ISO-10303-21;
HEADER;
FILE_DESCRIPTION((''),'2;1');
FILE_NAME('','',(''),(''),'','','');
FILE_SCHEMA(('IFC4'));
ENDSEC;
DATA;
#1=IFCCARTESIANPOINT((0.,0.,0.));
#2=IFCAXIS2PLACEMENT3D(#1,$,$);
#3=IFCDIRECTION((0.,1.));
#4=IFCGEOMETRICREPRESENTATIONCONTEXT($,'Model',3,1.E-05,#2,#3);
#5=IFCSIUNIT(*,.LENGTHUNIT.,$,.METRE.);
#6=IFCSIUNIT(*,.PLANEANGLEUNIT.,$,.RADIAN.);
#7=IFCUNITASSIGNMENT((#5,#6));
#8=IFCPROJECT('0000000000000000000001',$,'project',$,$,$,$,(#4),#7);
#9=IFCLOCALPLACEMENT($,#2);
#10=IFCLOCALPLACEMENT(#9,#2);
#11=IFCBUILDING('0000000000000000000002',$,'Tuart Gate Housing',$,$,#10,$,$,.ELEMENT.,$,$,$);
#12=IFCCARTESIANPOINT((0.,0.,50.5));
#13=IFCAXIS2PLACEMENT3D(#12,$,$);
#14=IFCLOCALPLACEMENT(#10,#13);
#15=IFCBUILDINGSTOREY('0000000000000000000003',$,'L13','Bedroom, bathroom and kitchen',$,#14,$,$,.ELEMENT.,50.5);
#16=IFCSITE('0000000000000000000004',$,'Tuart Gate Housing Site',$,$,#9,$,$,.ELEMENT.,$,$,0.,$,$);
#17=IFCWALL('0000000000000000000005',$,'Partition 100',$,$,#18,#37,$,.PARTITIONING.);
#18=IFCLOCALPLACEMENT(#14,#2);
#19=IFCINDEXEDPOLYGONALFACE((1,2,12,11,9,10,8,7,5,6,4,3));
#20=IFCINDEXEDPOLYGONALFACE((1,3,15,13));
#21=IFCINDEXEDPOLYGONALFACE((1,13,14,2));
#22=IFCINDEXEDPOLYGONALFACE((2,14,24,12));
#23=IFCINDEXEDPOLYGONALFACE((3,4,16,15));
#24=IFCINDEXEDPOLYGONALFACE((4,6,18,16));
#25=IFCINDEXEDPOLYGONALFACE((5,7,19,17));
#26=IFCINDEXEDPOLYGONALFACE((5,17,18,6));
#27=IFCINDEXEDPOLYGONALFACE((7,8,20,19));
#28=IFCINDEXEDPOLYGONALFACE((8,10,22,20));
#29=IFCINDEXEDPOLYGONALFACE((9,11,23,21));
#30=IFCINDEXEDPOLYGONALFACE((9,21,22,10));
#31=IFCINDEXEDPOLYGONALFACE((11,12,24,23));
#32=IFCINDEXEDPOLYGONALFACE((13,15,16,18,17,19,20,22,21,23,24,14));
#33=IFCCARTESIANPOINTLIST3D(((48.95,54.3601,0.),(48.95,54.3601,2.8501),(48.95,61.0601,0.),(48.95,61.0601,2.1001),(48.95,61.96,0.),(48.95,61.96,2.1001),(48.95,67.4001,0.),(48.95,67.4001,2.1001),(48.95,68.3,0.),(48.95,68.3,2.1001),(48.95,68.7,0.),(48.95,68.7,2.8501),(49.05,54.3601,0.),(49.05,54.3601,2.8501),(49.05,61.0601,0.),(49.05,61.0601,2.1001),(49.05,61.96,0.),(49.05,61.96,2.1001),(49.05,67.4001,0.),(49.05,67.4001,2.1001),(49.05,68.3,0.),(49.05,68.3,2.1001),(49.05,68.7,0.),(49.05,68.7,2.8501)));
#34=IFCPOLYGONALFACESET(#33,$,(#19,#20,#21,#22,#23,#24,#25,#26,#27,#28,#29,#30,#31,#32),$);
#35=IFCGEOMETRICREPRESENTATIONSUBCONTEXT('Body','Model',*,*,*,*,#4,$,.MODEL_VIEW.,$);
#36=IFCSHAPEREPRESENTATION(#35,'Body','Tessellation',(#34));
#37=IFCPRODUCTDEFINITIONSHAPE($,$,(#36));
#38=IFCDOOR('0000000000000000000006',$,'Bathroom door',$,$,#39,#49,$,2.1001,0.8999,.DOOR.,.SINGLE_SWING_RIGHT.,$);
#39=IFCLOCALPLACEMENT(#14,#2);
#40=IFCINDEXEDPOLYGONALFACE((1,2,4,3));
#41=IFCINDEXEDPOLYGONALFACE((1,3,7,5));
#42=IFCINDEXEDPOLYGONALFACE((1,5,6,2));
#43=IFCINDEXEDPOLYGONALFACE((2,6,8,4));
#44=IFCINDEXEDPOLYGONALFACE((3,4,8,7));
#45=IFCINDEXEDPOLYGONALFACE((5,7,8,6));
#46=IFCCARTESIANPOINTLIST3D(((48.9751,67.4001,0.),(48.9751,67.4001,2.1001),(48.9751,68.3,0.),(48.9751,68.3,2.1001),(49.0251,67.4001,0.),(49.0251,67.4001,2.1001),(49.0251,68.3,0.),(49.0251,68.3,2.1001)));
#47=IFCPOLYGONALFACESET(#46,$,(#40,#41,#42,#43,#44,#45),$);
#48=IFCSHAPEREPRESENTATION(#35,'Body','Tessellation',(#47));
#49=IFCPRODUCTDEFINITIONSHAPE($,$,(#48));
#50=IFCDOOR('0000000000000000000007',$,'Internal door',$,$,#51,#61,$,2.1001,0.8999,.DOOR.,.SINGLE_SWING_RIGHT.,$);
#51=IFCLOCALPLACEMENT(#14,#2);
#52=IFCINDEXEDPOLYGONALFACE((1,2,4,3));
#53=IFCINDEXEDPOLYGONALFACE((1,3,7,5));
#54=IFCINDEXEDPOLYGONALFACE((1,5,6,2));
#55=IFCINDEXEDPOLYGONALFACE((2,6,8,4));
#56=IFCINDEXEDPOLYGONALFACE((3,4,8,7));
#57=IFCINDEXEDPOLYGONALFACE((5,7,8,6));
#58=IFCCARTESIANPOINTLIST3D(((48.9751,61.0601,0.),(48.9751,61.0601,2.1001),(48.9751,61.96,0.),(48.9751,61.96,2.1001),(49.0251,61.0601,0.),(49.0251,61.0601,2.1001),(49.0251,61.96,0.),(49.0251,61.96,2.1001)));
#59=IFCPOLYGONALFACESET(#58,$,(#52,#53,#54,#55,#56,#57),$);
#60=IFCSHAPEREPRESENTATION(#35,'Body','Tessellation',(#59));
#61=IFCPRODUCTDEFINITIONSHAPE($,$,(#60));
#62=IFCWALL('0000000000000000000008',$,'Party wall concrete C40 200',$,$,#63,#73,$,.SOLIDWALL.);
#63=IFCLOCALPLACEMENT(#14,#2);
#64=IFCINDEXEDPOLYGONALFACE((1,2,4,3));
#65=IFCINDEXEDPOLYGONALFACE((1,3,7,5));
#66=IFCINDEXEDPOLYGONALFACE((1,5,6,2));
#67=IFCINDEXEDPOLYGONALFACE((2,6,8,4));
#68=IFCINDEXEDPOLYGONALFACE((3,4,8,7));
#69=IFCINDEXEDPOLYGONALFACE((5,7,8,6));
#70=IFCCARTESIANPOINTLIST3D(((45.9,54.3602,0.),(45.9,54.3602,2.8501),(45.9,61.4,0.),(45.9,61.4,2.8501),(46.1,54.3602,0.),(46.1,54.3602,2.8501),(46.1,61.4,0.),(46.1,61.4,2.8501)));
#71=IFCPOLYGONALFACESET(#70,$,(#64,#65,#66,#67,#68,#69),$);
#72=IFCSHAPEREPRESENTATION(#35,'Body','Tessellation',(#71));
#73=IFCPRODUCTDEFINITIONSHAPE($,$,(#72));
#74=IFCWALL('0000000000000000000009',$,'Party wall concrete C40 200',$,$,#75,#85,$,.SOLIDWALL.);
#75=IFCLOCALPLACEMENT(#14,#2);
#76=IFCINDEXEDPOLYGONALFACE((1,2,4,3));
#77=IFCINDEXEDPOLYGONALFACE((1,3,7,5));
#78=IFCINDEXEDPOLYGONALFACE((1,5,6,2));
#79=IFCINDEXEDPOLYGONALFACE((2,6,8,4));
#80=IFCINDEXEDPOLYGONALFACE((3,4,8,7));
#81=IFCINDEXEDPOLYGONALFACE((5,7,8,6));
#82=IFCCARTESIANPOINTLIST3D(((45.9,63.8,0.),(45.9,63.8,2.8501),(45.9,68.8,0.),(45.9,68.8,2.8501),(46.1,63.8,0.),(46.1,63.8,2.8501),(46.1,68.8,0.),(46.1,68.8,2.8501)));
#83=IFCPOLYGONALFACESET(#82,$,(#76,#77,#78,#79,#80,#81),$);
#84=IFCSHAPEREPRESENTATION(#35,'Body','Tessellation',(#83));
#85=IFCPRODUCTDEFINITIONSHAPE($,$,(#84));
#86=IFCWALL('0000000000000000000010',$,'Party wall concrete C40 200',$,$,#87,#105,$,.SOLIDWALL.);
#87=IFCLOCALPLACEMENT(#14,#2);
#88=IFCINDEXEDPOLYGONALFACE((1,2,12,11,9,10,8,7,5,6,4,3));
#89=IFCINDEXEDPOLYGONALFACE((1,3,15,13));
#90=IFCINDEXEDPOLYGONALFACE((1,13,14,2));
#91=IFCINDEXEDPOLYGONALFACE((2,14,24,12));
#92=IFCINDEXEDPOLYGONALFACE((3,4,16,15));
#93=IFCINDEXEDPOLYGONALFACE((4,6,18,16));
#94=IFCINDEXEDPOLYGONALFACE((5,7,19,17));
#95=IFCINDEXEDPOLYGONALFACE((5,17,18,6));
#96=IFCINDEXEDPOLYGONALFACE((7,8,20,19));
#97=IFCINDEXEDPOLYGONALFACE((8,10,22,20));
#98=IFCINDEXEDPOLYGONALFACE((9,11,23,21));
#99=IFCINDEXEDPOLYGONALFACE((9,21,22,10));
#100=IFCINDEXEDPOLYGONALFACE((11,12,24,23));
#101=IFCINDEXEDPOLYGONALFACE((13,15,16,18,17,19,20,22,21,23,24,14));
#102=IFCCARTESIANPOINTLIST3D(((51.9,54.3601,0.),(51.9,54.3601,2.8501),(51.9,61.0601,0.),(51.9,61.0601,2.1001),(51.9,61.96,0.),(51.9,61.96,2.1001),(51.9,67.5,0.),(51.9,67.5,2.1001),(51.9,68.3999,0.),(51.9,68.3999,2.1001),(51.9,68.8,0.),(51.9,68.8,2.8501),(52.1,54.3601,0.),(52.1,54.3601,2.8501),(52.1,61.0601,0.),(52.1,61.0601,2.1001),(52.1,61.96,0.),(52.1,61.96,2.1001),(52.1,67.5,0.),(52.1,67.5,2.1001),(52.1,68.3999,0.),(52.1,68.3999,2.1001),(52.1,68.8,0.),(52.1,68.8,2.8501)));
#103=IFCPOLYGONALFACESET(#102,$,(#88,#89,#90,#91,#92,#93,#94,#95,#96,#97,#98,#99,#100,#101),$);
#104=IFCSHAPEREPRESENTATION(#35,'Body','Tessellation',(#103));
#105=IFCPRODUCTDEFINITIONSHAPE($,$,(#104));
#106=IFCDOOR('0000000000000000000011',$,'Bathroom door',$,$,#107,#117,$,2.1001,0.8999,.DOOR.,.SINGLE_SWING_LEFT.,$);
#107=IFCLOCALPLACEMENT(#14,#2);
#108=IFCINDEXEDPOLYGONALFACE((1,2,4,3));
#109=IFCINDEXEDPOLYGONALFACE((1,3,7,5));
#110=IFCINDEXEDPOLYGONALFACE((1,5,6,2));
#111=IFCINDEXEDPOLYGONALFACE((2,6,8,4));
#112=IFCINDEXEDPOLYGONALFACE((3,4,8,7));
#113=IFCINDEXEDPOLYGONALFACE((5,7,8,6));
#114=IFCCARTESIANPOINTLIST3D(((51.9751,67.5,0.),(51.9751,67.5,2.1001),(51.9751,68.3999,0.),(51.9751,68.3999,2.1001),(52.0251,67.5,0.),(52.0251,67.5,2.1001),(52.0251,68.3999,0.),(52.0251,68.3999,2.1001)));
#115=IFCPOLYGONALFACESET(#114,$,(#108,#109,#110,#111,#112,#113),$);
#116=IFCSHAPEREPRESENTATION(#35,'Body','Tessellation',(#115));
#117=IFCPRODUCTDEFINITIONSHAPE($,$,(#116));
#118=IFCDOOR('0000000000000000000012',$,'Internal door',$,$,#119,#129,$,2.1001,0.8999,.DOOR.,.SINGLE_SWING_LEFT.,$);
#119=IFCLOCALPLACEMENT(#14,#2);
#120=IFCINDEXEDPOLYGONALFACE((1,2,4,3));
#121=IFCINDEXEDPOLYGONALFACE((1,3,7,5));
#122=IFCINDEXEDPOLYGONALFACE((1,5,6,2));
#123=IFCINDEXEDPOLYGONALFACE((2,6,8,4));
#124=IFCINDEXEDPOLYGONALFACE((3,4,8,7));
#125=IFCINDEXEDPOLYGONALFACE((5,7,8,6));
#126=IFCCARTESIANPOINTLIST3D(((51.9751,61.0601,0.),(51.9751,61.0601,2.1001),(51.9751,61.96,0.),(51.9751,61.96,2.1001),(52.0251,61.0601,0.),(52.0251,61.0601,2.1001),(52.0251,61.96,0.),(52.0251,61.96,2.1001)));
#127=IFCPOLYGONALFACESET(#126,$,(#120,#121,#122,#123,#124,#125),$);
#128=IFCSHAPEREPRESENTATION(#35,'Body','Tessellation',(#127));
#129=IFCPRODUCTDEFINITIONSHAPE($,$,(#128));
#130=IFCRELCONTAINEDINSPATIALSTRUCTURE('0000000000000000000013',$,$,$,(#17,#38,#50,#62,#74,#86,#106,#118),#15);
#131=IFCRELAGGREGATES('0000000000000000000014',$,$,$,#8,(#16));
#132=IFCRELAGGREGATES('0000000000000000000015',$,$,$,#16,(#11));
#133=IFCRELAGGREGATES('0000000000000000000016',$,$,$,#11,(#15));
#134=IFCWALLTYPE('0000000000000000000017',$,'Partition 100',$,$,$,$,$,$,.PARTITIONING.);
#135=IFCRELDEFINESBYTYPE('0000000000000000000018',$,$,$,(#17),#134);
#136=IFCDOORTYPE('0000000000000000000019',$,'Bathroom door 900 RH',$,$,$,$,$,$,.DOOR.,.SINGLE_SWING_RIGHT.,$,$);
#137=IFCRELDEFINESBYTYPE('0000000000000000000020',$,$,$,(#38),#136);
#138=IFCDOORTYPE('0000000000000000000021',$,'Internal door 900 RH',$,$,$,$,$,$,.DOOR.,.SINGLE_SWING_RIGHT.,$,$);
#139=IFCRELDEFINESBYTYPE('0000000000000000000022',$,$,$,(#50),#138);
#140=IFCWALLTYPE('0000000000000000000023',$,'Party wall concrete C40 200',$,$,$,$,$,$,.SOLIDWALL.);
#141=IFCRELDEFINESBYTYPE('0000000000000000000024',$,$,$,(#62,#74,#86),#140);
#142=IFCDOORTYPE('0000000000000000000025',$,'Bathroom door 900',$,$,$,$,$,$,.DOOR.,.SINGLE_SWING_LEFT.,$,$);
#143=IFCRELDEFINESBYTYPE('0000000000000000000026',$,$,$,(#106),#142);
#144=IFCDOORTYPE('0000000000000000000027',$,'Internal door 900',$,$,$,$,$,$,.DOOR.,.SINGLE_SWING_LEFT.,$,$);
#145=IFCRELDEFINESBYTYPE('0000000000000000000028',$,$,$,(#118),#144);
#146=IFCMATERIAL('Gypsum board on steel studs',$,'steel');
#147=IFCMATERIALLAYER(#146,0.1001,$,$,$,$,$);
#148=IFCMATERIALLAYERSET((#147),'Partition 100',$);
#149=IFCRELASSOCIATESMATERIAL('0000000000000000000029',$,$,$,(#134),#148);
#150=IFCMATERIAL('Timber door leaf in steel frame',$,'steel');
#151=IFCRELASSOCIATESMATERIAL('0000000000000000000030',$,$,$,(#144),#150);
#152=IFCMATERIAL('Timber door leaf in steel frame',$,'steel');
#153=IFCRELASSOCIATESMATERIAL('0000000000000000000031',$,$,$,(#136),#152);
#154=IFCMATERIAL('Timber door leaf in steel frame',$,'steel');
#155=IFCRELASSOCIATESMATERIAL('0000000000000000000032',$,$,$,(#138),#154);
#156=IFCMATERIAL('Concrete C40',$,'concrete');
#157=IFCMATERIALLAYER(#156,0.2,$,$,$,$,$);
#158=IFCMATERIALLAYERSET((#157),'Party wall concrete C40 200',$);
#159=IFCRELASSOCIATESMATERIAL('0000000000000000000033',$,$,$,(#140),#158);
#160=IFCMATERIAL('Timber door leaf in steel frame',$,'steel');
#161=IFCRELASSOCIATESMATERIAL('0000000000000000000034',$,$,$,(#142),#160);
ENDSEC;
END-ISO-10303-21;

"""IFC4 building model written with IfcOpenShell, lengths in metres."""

from ifc_helpers import new_model, si_unit, direction, frame, frame_2d, origin, place, context, subcontext, project, spatial, rectangle, extrude, material, layer, layer_set, type_object, element, fill, save


model = new_model("IFC4")

# Units and contexts
model_context = context("Model", 3, precision=1e-05, world=origin(), true_north=direction((0.0, 1.0)))
body_context = subcontext(model_context, "Body", "Model", "MODEL_VIEW")
ifc_project = project(units=[si_unit("LENGTHUNIT", "METRE"), si_unit("PLANEANGLEUNIT", "RADIAN")], contexts=[model_context])

# Site, building, storey
site_placement = place(None, origin())
site = spatial("IfcSite", under=ifc_project, at=site_placement, Name="Tuart Gate Housing Site", CompositionType="ELEMENT", RefElevation=0.0)
building_placement = place(site_placement, origin())
building = spatial("IfcBuilding", under=site, at=building_placement, Name="Tuart Gate Housing", CompositionType="ELEMENT")
storey_placement = place(building_placement, frame((0.0, 0.0, 50.5)))
storey = spatial("IfcBuildingStorey", under=building, at=storey_placement, Name="L13", Description="Bedroom, bathroom and kitchen", CompositionType="ELEMENT", Elevation=50.5)

# Shared definitions
ifc_material_1 = material(Name="Gypsum board on steel studs", Category="steel")
ifc_layer_1 = layer(ifc_material_1, 0.1001)
ifc_layer_set_1 = layer_set([ifc_layer_1], Name="Partition 100")
wall_type_1 = type_object("IfcWallType", Name="Partition 100", PredefinedType="PARTITIONING", material=ifc_layer_set_1)
ifc_material_2 = material(Name="Timber door leaf in steel frame", Category="steel")
door_type_1 = type_object("IfcDoorType", Name="Internal door 900", OperationType="SINGLE_SWING_LEFT", PredefinedType="DOOR", material=ifc_material_2)

# Wall, openings, doors
wall_1_placement = place(storey_placement, frame((49.0, 54.3601, 0.0), z_axis=(0.0, 0.0, 1.0), x_axis=(0.0, 1.0, 0.0)))
wall_1 = element("IfcWall", 1, at=wall_1_placement, inside=storey, type_object=wall_type_1, Name="Partition 100", PredefinedType="PARTITIONING", context=body_context, shape_type="SweptSolid", body=[
    extrude(rectangle(XDim=14.3398, YDim=0.1001, at=frame_2d((7.1699, 0.0))), origin(), (0.0, 0.0, 1.0), 2.8501),
])
opening_1_placement = place(wall_1_placement, frame((6.7, 0.0, 0.0)))
opening_1 = element("IfcOpeningElement", 2, at=opening_1_placement, cuts=wall_1, PredefinedType="OPENING", context=body_context, shape_type="SweptSolid", body=[
    extrude(rectangle(XDim=0.8999, YDim=2.1001, at=frame_2d((0.45, 1.05))), frame((0.0, 0.0601, 0.0), z_axis=(0.0, -1.0, 0.0), x_axis=(1.0, 0.0, 0.0)), (0.0, 0.0, 1.0), 0.1201),
])
opening_2_placement = place(wall_1_placement, frame((13.04, 0.0, 0.0)))
opening_2 = element("IfcOpeningElement", 3, at=opening_2_placement, cuts=wall_1, PredefinedType="OPENING", context=body_context, shape_type="SweptSolid", body=[
    extrude(rectangle(XDim=0.8999, YDim=2.1001, at=frame_2d((0.45, 1.05))), frame((0.0, 0.0601, 0.0), z_axis=(0.0, -1.0, 0.0), x_axis=(1.0, 0.0, 0.0)), (0.0, 0.0, 1.0), 0.1201),
])
ifc_material_3 = material(Name="Timber door leaf in steel frame", Category="steel")
door_type_2 = type_object("IfcDoorType", Name="Bathroom door 900 RH", OperationType="SINGLE_SWING_RIGHT", PredefinedType="DOOR", material=ifc_material_3)
door_1_placement = place(opening_2_placement, origin())
door_1 = element("IfcDoor", 4, at=door_1_placement, inside=storey, type_object=door_type_2, Name="Bathroom door", OperationType="SINGLE_SWING_RIGHT", OverallHeight=2.1001, OverallWidth=0.8999, PredefinedType="DOOR", context=body_context, shape_type="SweptSolid", body=[
    extrude(rectangle(XDim=0.8999, YDim=2.1001, at=frame_2d((0.45, 1.05))), frame((0.0, 0.0249, 0.0), z_axis=(0.0, -1.0, 0.0), x_axis=(1.0, 0.0, 0.0)), (0.0, 0.0, 1.0), 0.05),
])
fill(opening_2, door_1)
ifc_material_4 = material(Name="Timber door leaf in steel frame", Category="steel")
door_type_3 = type_object("IfcDoorType", Name="Internal door 900 RH", OperationType="SINGLE_SWING_RIGHT", PredefinedType="DOOR", material=ifc_material_4)
door_2_placement = place(opening_1_placement, origin())
door_2 = element("IfcDoor", 5, at=door_2_placement, inside=storey, type_object=door_type_3, Name="Internal door", OperationType="SINGLE_SWING_RIGHT", OverallHeight=2.1001, OverallWidth=0.8999, PredefinedType="DOOR", context=body_context, shape_type="SweptSolid", body=[
    extrude(rectangle(XDim=0.8999, YDim=2.1001, at=frame_2d((0.45, 1.05))), frame((0.0, 0.0249, 0.0), z_axis=(0.0, -1.0, 0.0), x_axis=(1.0, 0.0, 0.0)), (0.0, 0.0, 1.0), 0.05),
])
fill(opening_1, door_2)

# Walls
ifc_material_5 = material(Name="Concrete C40", Category="concrete")
ifc_layer_2 = layer(ifc_material_5, 0.2)
ifc_layer_set_2 = layer_set([ifc_layer_2], Name="Party wall concrete C40 200")
wall_type_2 = type_object("IfcWallType", Name="Party wall concrete C40 200", PredefinedType="SOLIDWALL", material=ifc_layer_set_2)
wall_2_placement = place(storey_placement, frame((46.0, 54.3601, 0.0), z_axis=(0.0, 0.0, 1.0), x_axis=(0.0, 1.0, 0.0)))
element("IfcWall", 6, at=wall_2_placement, inside=storey, type_object=wall_type_2, Name="Party wall concrete C40 200", PredefinedType="SOLIDWALL", context=body_context, shape_type="SweptSolid", body=[
    extrude(rectangle(XDim=7.0398, YDim=0.2, at=frame_2d((3.52, 0.0))), origin(), (0.0, 0.0, 1.0), 2.8501),
])
wall_3_placement = place(storey_placement, frame((46.0, 63.8, 0.0), z_axis=(0.0, 0.0, 1.0), x_axis=(0.0, 1.0, 0.0)))
element("IfcWall", 7, at=wall_3_placement, inside=storey, type_object=wall_type_2, Name="Party wall concrete C40 200", PredefinedType="SOLIDWALL", context=body_context, shape_type="SweptSolid", body=[
    extrude(rectangle(XDim=5.0, YDim=0.2, at=frame_2d((2.5, 0.0))), origin(), (0.0, 0.0, 1.0), 2.8501),
])

# Wall, openings, doors
wall_4_placement = place(storey_placement, frame((52.0, 54.3601, 0.0), z_axis=(0.0, 0.0, 1.0), x_axis=(0.0, 1.0, 0.0)))
wall_4 = element("IfcWall", 8, at=wall_4_placement, inside=storey, type_object=wall_type_2, Name="Party wall concrete C40 200", PredefinedType="SOLIDWALL", context=body_context, shape_type="SweptSolid", body=[
    extrude(rectangle(XDim=14.4399, YDim=0.2, at=frame_2d((7.22, 0.0))), origin(), (0.0, 0.0, 1.0), 2.8501),
])
opening_3_placement = place(wall_4_placement, frame((6.7, 0.0, 0.0)))
opening_3 = element("IfcOpeningElement", 9, at=opening_3_placement, cuts=wall_4, PredefinedType="OPENING", context=body_context, shape_type="SweptSolid", body=[
    extrude(rectangle(XDim=0.8999, YDim=2.1001, at=frame_2d((0.45, 1.05))), frame((0.0, 0.1099, 0.0), z_axis=(0.0, -1.0, 0.0), x_axis=(1.0, 0.0, 0.0)), (0.0, 0.0, 1.0), 0.22),
])
opening_4_placement = place(wall_4_placement, frame((13.1399, 0.0, 0.0)))
opening_4 = element("IfcOpeningElement", 10, at=opening_4_placement, cuts=wall_4, PredefinedType="OPENING", context=body_context, shape_type="SweptSolid", body=[
    extrude(rectangle(XDim=0.8999, YDim=2.1001, at=frame_2d((0.45, 1.05))), frame((0.0, 0.1099, 0.0), z_axis=(0.0, -1.0, 0.0), x_axis=(1.0, 0.0, 0.0)), (0.0, 0.0, 1.0), 0.22),
])
ifc_material_6 = material(Name="Timber door leaf in steel frame", Category="steel")
door_type_4 = type_object("IfcDoorType", Name="Bathroom door 900", OperationType="SINGLE_SWING_LEFT", PredefinedType="DOOR", material=ifc_material_6)
door_3_placement = place(opening_4_placement, frame((0.8999, 0.0, 0.0), z_axis=(0.0, 0.0, 1.0), x_axis=(-1.0, 0.0, 0.0)))
door_3 = element("IfcDoor", 11, at=door_3_placement, inside=storey, type_object=door_type_4, Name="Bathroom door", OperationType="SINGLE_SWING_LEFT", OverallHeight=2.1001, OverallWidth=0.8999, PredefinedType="DOOR", context=body_context, shape_type="SweptSolid", body=[
    extrude(rectangle(XDim=0.8999, YDim=2.1001, at=frame_2d((0.45, 1.05))), frame((0.0, 0.0251, 0.0), z_axis=(0.0, -1.0, 0.0), x_axis=(1.0, 0.0, 0.0)), (0.0, 0.0, 1.0), 0.05),
])
fill(opening_4, door_3)
door_4_placement = place(opening_3_placement, frame((0.8999, 0.0, 0.0), z_axis=(0.0, 0.0, 1.0), x_axis=(-1.0, 0.0, 0.0)))
door_4 = element("IfcDoor", 12, at=door_4_placement, inside=storey, type_object=door_type_1, Name="Internal door", OperationType="SINGLE_SWING_LEFT", OverallHeight=2.1001, OverallWidth=0.8999, PredefinedType="DOOR", context=body_context, shape_type="SweptSolid", body=[
    extrude(rectangle(XDim=0.8999, YDim=2.1001, at=frame_2d((0.45, 1.05))), frame((0.0, 0.0251, 0.0), z_axis=(0.0, -1.0, 0.0), x_axis=(1.0, 0.0, 0.0)), (0.0, 0.0, 1.0), 0.05),
])
fill(opening_3, door_4)

save(model, "model.ifc")
